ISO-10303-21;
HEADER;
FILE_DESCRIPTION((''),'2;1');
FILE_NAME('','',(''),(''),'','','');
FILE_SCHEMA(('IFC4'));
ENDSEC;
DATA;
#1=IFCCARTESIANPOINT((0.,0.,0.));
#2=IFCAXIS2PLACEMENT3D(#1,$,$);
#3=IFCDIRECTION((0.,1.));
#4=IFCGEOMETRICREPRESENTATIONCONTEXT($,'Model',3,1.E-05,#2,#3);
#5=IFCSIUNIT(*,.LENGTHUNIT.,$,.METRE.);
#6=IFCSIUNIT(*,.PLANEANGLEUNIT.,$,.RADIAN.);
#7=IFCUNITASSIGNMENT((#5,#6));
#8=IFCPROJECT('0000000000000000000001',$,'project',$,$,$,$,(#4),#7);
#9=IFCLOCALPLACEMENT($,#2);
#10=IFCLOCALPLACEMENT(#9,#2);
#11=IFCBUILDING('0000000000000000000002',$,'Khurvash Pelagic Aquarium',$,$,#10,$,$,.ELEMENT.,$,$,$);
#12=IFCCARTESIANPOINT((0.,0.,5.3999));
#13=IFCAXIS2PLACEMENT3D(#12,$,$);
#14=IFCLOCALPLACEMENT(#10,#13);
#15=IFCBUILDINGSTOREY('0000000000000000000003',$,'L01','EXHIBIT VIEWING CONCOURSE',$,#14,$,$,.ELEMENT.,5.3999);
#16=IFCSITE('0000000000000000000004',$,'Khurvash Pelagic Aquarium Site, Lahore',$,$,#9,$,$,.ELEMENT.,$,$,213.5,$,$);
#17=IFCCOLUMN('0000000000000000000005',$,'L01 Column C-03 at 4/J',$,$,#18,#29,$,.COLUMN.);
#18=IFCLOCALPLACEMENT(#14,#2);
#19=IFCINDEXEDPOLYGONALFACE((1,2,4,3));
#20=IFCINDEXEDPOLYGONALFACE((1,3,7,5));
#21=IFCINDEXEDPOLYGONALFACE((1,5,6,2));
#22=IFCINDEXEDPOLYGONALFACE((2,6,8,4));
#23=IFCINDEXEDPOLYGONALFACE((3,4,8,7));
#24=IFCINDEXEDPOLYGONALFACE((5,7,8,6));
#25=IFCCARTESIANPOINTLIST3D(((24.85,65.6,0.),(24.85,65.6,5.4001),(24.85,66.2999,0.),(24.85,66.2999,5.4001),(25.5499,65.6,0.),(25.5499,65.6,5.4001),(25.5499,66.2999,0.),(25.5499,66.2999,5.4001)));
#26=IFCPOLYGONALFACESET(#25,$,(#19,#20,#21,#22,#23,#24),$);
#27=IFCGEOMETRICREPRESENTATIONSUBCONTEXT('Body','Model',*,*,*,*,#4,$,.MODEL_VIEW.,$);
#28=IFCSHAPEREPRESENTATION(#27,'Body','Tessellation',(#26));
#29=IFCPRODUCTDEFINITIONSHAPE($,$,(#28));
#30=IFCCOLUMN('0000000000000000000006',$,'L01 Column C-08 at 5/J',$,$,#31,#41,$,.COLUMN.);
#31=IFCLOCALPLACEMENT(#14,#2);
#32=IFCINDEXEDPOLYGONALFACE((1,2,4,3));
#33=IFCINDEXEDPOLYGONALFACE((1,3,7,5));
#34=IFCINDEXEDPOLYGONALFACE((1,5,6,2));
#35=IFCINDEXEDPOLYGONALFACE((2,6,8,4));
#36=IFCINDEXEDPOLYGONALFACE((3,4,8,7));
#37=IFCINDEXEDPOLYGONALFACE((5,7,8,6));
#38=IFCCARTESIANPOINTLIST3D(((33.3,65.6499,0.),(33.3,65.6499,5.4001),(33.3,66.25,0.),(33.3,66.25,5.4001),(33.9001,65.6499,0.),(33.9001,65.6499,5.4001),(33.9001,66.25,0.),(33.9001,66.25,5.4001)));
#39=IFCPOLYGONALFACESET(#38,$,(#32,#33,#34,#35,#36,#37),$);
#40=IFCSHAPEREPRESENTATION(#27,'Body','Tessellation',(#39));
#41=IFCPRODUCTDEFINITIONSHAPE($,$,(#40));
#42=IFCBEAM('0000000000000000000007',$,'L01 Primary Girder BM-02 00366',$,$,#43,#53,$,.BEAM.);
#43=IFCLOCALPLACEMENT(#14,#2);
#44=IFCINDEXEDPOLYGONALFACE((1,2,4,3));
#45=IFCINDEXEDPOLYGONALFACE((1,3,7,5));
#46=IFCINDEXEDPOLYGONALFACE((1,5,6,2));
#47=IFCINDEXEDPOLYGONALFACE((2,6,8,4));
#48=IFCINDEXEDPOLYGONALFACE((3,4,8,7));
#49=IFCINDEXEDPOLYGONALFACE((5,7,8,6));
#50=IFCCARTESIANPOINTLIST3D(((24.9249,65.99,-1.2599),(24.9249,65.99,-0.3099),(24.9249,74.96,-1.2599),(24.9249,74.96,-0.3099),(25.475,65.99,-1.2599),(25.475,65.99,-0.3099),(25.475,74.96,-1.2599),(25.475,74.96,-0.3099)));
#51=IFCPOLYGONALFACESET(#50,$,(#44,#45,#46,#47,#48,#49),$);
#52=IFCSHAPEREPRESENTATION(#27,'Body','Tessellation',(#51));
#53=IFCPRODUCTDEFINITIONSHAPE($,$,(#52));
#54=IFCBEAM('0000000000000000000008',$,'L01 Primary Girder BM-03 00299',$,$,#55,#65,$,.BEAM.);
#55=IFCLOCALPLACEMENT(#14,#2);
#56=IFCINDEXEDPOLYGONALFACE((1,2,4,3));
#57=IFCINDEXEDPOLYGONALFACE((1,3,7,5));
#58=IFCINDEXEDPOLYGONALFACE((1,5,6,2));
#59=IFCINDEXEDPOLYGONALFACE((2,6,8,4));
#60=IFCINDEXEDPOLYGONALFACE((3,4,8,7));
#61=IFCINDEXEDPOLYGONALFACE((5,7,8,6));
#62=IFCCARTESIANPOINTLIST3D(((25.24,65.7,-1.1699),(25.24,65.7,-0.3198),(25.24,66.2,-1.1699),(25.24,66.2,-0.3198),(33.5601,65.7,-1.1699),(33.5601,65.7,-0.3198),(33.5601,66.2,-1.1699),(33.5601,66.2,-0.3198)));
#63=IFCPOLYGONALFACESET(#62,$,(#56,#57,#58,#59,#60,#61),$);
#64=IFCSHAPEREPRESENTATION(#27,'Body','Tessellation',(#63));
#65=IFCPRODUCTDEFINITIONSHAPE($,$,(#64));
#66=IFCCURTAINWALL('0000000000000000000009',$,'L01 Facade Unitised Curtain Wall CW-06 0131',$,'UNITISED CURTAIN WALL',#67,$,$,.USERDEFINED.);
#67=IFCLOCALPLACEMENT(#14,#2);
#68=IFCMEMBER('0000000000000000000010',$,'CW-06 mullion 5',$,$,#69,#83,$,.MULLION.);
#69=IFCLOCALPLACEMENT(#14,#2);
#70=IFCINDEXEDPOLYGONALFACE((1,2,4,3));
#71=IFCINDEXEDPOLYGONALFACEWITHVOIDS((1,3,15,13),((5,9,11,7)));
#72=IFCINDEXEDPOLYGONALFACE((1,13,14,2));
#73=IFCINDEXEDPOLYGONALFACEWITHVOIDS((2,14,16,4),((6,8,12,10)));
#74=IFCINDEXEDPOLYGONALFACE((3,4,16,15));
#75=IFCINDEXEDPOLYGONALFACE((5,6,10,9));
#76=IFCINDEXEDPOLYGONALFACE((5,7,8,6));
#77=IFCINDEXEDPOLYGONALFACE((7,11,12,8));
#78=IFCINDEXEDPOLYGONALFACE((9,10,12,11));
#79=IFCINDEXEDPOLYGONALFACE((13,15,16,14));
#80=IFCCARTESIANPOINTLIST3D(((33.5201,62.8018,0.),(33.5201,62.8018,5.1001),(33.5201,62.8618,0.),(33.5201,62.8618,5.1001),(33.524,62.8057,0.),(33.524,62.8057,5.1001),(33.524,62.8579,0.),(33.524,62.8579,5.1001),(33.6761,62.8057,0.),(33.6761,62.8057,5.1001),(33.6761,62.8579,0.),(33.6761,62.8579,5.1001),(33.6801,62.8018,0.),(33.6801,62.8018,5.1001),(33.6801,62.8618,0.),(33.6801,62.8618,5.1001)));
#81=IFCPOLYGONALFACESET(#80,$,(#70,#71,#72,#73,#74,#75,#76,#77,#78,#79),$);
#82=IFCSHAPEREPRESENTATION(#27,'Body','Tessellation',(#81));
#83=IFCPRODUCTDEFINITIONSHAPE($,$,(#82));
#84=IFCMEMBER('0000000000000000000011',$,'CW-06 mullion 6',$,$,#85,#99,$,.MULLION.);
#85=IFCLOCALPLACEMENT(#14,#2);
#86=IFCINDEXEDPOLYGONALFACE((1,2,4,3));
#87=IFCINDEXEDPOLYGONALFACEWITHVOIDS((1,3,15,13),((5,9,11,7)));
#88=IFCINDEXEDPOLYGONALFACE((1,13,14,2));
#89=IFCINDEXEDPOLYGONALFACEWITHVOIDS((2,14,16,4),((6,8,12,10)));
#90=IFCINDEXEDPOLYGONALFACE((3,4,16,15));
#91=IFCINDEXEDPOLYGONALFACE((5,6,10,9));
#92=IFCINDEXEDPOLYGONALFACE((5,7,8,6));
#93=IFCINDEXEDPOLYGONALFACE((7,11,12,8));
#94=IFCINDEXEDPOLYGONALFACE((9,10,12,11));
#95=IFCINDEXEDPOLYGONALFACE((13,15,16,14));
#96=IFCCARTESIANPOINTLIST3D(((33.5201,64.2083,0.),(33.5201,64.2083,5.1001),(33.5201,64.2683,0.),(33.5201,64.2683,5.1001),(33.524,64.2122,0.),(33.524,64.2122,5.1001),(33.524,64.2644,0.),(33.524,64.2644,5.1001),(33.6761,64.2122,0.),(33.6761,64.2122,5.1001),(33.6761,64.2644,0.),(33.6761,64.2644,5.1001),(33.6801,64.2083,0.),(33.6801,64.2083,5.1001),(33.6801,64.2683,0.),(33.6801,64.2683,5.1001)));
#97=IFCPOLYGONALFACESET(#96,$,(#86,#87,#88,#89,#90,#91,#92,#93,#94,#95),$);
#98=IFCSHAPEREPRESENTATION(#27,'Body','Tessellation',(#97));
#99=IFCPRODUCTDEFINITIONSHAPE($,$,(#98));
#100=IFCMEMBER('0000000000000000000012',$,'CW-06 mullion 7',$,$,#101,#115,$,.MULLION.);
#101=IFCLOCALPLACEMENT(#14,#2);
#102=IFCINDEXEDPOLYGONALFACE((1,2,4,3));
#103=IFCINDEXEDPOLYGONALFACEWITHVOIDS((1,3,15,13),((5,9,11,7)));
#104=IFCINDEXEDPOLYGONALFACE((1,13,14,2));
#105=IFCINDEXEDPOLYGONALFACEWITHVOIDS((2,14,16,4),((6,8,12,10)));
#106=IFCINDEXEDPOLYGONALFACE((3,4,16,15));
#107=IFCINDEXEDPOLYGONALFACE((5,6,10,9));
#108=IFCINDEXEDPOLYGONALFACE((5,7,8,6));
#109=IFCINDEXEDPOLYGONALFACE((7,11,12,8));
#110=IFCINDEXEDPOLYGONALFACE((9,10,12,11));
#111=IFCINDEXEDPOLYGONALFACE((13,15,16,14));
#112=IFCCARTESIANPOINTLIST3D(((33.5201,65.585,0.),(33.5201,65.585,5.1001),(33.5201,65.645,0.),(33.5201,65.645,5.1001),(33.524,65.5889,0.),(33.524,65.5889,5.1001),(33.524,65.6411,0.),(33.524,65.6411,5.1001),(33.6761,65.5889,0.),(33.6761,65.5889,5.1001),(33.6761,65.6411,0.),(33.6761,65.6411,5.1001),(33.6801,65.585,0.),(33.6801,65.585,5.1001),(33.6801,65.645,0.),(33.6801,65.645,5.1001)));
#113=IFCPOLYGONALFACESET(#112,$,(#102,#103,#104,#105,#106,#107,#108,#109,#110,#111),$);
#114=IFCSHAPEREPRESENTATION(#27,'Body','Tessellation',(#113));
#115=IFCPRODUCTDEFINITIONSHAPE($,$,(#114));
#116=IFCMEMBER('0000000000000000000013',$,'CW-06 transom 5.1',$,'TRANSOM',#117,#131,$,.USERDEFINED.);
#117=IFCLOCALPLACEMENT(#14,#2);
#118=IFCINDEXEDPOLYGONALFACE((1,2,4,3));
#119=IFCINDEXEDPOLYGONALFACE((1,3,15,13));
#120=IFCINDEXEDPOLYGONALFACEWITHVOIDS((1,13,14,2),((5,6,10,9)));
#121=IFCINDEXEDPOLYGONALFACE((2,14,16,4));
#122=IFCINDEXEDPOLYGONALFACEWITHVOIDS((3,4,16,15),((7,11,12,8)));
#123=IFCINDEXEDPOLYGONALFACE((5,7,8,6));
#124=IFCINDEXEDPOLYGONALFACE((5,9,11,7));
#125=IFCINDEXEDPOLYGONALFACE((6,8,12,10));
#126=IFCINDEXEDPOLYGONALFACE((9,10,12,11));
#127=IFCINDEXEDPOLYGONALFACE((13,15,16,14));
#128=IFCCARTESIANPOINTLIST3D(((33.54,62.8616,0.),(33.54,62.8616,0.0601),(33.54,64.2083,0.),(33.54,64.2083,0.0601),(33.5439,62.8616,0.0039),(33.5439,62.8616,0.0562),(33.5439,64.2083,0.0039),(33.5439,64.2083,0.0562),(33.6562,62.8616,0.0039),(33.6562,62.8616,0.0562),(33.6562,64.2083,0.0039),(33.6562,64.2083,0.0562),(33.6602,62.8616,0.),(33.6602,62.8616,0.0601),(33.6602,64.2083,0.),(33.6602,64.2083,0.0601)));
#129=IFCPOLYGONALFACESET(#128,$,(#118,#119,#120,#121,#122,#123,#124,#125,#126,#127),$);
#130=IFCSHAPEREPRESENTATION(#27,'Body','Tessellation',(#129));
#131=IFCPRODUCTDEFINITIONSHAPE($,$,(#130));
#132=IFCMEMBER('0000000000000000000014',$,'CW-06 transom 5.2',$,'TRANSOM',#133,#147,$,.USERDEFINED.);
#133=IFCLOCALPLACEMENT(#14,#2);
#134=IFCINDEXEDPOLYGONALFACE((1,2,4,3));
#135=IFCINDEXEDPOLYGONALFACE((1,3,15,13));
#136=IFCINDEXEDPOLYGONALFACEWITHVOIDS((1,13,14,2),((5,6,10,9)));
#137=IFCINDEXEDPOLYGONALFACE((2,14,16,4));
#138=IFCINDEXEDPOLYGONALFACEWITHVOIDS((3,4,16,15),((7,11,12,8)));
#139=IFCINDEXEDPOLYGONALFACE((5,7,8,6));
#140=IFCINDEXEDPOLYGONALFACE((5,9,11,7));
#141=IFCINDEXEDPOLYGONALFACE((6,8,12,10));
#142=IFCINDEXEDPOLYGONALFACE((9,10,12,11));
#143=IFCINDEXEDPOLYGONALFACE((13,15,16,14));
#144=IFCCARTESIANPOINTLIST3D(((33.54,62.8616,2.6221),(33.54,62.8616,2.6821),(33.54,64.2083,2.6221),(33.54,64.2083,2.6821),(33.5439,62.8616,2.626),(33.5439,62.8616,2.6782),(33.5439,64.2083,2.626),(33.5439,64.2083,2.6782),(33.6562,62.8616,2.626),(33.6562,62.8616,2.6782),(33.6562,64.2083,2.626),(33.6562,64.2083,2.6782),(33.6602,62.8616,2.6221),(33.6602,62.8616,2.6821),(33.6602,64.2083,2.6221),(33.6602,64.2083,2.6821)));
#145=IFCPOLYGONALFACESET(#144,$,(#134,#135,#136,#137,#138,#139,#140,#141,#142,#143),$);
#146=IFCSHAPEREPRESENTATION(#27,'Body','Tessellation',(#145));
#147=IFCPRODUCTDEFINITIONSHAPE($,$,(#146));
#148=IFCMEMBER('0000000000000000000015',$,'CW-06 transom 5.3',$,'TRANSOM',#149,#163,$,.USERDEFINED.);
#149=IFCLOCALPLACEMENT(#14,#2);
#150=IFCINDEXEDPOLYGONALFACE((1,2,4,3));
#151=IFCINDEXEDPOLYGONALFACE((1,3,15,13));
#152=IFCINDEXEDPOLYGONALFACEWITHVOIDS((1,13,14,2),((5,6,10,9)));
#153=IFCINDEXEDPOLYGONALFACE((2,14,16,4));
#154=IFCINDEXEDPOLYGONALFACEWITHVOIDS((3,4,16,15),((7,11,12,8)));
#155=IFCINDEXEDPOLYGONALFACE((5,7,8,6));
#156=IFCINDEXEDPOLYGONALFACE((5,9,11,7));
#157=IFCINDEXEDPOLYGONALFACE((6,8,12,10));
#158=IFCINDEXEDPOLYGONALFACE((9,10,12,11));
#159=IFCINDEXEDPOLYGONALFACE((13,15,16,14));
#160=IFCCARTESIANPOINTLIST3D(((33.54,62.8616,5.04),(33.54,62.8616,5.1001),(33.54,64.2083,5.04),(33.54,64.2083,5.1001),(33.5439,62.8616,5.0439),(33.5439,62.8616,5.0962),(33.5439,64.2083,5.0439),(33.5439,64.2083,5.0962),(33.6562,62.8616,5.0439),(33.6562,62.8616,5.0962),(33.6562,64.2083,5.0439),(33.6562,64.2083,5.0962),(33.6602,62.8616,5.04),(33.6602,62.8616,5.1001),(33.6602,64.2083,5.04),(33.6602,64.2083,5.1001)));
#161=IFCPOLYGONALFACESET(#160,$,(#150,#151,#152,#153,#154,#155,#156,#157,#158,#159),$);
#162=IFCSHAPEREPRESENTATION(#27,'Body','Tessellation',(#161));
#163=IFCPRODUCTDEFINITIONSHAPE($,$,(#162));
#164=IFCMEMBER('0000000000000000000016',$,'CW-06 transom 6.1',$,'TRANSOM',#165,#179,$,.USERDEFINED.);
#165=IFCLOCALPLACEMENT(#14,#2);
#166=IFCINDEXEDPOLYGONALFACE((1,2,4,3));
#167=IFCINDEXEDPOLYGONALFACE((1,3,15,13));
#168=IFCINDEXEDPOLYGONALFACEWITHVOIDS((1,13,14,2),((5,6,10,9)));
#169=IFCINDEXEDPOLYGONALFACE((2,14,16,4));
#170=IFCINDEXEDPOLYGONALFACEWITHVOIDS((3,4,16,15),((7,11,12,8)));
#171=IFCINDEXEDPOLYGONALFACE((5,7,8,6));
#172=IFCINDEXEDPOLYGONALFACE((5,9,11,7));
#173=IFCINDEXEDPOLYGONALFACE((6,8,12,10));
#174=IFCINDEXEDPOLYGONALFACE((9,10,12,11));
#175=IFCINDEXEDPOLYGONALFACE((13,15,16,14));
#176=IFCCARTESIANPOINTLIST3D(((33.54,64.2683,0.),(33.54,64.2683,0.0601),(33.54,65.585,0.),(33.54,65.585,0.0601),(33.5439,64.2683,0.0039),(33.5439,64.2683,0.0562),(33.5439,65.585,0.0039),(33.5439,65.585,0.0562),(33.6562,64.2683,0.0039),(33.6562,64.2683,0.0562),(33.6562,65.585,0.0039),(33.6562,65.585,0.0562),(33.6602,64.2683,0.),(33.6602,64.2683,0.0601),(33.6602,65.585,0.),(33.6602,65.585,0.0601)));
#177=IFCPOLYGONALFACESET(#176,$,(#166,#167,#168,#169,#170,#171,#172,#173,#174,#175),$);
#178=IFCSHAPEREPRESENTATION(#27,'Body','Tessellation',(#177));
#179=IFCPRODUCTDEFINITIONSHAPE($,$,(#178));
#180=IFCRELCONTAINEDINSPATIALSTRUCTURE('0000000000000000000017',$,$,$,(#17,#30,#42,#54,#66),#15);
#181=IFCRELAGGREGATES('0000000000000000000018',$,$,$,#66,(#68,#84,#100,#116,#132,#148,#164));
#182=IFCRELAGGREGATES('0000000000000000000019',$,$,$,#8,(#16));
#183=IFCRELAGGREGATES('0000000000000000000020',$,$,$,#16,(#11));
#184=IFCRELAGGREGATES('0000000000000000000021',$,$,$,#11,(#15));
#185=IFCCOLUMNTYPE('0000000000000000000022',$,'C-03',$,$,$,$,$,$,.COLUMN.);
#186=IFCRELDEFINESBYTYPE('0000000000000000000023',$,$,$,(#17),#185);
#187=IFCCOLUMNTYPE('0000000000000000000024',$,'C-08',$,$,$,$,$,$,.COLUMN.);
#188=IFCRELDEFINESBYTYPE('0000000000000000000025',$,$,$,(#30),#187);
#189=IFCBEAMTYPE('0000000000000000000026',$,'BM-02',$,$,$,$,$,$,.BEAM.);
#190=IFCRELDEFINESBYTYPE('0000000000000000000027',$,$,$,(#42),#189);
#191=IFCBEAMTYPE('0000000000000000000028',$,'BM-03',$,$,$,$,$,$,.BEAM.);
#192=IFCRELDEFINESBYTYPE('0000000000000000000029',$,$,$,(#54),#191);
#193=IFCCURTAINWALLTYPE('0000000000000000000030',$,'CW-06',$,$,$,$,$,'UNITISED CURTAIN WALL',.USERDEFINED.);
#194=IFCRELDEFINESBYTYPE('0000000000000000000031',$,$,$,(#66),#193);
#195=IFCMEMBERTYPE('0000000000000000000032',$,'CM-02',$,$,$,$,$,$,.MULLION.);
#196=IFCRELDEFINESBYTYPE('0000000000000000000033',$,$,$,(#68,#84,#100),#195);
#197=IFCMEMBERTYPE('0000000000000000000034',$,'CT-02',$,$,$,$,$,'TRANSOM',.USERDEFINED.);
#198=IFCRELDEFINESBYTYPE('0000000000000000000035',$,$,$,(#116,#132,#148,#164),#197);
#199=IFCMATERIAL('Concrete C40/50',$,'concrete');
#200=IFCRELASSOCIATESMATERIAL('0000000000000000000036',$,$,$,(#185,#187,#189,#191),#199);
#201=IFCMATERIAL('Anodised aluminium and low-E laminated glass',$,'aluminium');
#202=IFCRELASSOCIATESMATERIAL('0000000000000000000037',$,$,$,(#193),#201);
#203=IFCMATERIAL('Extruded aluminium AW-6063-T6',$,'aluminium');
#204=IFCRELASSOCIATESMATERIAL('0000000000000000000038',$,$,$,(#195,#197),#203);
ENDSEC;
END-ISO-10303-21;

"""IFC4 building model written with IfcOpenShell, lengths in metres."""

from ifc_helpers import new_model, si_unit, direction, frame, origin, origin_2d, place, context, subcontext, project, spatial, rectangle, hollow_rectangle, extrude, material, material_profile, profile_set, type_object, element, aggregate, save


model = new_model("IFC4")

# Units and contexts
model_context = context("Model", 3, precision=1e-05, world=origin(), true_north=direction((0.0, 1.0)))
body_context = subcontext(model_context, "Body", "Model", "MODEL_VIEW")
ifc_project = project(units=[si_unit("LENGTHUNIT", "METRE"), si_unit("PLANEANGLEUNIT", "RADIAN")], contexts=[model_context])

# Site, building, storey
site_placement = place(None, origin())
site = spatial("IfcSite", under=ifc_project, at=site_placement, Name="Khurvash Pelagic Aquarium Site, Lahore", CompositionType="ELEMENT", RefElevation=213.5)
building_placement = place(site_placement, origin())
building = spatial("IfcBuilding", under=site, at=building_placement, Name="Khurvash Pelagic Aquarium", CompositionType="ELEMENT")
storey_placement = place(building_placement, frame((0.0, 0.0, 5.3999)))
storey = spatial("IfcBuildingStorey", under=building, at=storey_placement, Name="L01", Description="EXHIBIT VIEWING CONCOURSE", CompositionType="ELEMENT", Elevation=5.3999)

# Columns
ifc_material_1 = material(Name="Concrete C40/50", Category="concrete")
ifc_material_profile_1 = material_profile(ifc_material_1, rectangle(XDim=0.7, YDim=0.7, at=origin_2d()), Name="RC700X700")
ifc_profile_set_1 = profile_set([ifc_material_profile_1], Name="Concrete C40/50")
column_type_1 = type_object("IfcColumnType", Name="C-03", PredefinedType="COLUMN", material=ifc_profile_set_1)
column_1_placement = place(storey_placement, frame((25.2, 65.95, 0.0), z_axis=(0.0, 0.0, 1.0), x_axis=(1.0, 0.0, 0.0)))
element("IfcColumn", 1, at=column_1_placement, inside=storey, type_object=column_type_1, Name="L01 Column C-03 at 4/J", PredefinedType="COLUMN", context=body_context, shape_type="SweptSolid", body=[
    extrude(rectangle(XDim=0.7, YDim=0.7, at=origin_2d()), origin(), (0.0, 0.0, 1.0), 5.4001),
])
ifc_material_profile_2 = material_profile(ifc_material_1, rectangle(XDim=0.6001, YDim=0.6001, at=origin_2d()), Name="RC600X600")
ifc_profile_set_2 = profile_set([ifc_material_profile_2], Name="Concrete C40/50")
column_type_2 = type_object("IfcColumnType", Name="C-08", PredefinedType="COLUMN", material=ifc_profile_set_2)
column_2_placement = place(storey_placement, frame((33.6001, 65.95, 0.0), z_axis=(0.0, 0.0, 1.0), x_axis=(1.0, 0.0, 0.0)))
element("IfcColumn", 2, at=column_2_placement, inside=storey, type_object=column_type_2, Name="L01 Column C-08 at 5/J", PredefinedType="COLUMN", context=body_context, shape_type="SweptSolid", body=[
    extrude(rectangle(XDim=0.6001, YDim=0.6001, at=origin_2d()), origin(), (0.0, 0.0, 1.0), 5.4001),
])

# Beams
ifc_material_profile_3 = material_profile(ifc_material_1, rectangle(XDim=0.55, YDim=0.95, at=origin_2d()), Name="RC550X950")
ifc_profile_set_3 = profile_set([ifc_material_profile_3], Name="Concrete C40/50")
beam_type_1 = type_object("IfcBeamType", Name="BM-02", PredefinedType="BEAM", material=ifc_profile_set_3)
beam_1_placement = place(storey_placement, frame((25.2, 65.99, -0.7849), z_axis=(0.0, 1.0, 0.0), x_axis=(-1.0, 0.0, 0.0)))
element("IfcBeam", 3, at=beam_1_placement, inside=storey, type_object=beam_type_1, Name="L01 Primary Girder BM-02 00366", PredefinedType="BEAM", context=body_context, shape_type="SweptSolid", body=[
    extrude(rectangle(XDim=0.55, YDim=0.95, at=origin_2d()), origin(), (0.0, 0.0, 1.0), 8.97),
])
ifc_material_profile_4 = material_profile(ifc_material_1, rectangle(XDim=0.5, YDim=0.8501, at=origin_2d()), Name="RC500X850")
ifc_profile_set_4 = profile_set([ifc_material_profile_4], Name="Concrete C40/50")
beam_type_2 = type_object("IfcBeamType", Name="BM-03", PredefinedType="BEAM", material=ifc_profile_set_4)
beam_2_placement = place(storey_placement, frame((25.24, 65.95, -0.7449), z_axis=(1.0, 0.0, 0.0), x_axis=(0.0, 1.0, 0.0)))
element("IfcBeam", 4, at=beam_2_placement, inside=storey, type_object=beam_type_2, Name="L01 Primary Girder BM-03 00299", PredefinedType="BEAM", context=body_context, shape_type="SweptSolid", body=[
    extrude(rectangle(XDim=0.5, YDim=0.8501, at=origin_2d()), origin(), (0.0, 0.0, 1.0), 8.3201),
])

# Curtain wall, members
ifc_material_2 = material(Name="Anodised aluminium and low-E laminated glass", Category="aluminium")
curtain_wall_type = type_object("IfcCurtainWallType", Name="CW-06", ElementType="UNITISED CURTAIN WALL", PredefinedType="USERDEFINED", material=ifc_material_2)
curtain_wall_placement = place(storey_placement, origin())
curtain_wall = element("IfcCurtainWall", 5, at=curtain_wall_placement, inside=storey, type_object=curtain_wall_type, Name="L01 Facade Unitised Curtain Wall CW-06 0131", ObjectType="UNITISED CURTAIN WALL", PredefinedType="USERDEFINED")
ifc_material_3 = material(Name="Extruded aluminium AW-6063-T6", Category="aluminium")
ifc_material_profile_5 = material_profile(ifc_material_3, hollow_rectangle(XDim=0.0601, YDim=0.1599, WallThickness=0.0039, at=origin_2d()), Name="CWM60X160X4")
ifc_profile_set_5 = profile_set([ifc_material_profile_5], Name="Extruded aluminium AW-6063-T6")
member_type_1 = type_object("IfcMemberType", Name="CM-02", PredefinedType="MULLION", material=ifc_profile_set_5)
member_1_placement = place(storey_placement, frame((33.6001, 62.8318, 0.0), z_axis=(0.0, 0.0, 1.0), x_axis=(0.0, 1.0, 0.0)))
member_1 = element("IfcMember", 6, at=member_1_placement, type_object=member_type_1, Name="CW-06 mullion 5", PredefinedType="MULLION", context=body_context, shape_type="SweptSolid", body=[
    extrude(hollow_rectangle(XDim=0.0601, YDim=0.1599, WallThickness=0.0039, at=origin_2d()), origin(), (0.0, 0.0, 1.0), 5.1001),
])
member_2_placement = place(storey_placement, frame((33.6001, 64.2383, 0.0), z_axis=(0.0, 0.0, 1.0), x_axis=(0.0, 1.0, 0.0)))
member_2 = element("IfcMember", 7, at=member_2_placement, type_object=member_type_1, Name="CW-06 mullion 6", PredefinedType="MULLION", context=body_context, shape_type="SweptSolid", body=[
    extrude(hollow_rectangle(XDim=0.0601, YDim=0.1599, WallThickness=0.0039, at=origin_2d()), origin(), (0.0, 0.0, 1.0), 5.1001),
])
member_3_placement = place(storey_placement, frame((33.6001, 65.615, 0.0), z_axis=(0.0, 0.0, 1.0), x_axis=(0.0, 1.0, 0.0)))
member_3 = element("IfcMember", 8, at=member_3_placement, type_object=member_type_1, Name="CW-06 mullion 7", PredefinedType="MULLION", context=body_context, shape_type="SweptSolid", body=[
    extrude(hollow_rectangle(XDim=0.0601, YDim=0.1599, WallThickness=0.0039, at=origin_2d()), origin(), (0.0, 0.0, 1.0), 5.1001),
])
ifc_material_profile_6 = material_profile(ifc_material_3, hollow_rectangle(XDim=0.1201, YDim=0.0601, WallThickness=0.0039, at=origin_2d()), Name="CWT120X60X4")
ifc_profile_set_6 = profile_set([ifc_material_profile_6], Name="Extruded aluminium AW-6063-T6")
member_type_2 = type_object("IfcMemberType", Name="CT-02", ElementType="TRANSOM", PredefinedType="USERDEFINED", material=ifc_profile_set_6)
member_4_placement = place(storey_placement, frame((33.6001, 62.8616, 0.03), z_axis=(0.0, 1.0, 0.0), x_axis=(-1.0, 0.0, 0.0)))
member_4 = element("IfcMember", 9, at=member_4_placement, type_object=member_type_2, Name="CW-06 transom 5.1", ObjectType="TRANSOM", PredefinedType="USERDEFINED", context=body_context, shape_type="SweptSolid", body=[
    extrude(hollow_rectangle(XDim=0.1201, YDim=0.0601, WallThickness=0.0039, at=origin_2d()), origin(), (0.0, 0.0, 1.0), 1.3467),
])
member_5_placement = place(storey_placement, frame((33.6001, 62.8616, 2.6521), z_axis=(0.0, 1.0, 0.0), x_axis=(-1.0, 0.0, 0.0)))
member_5 = element("IfcMember", 10, at=member_5_placement, type_object=member_type_2, Name="CW-06 transom 5.2", ObjectType="TRANSOM", PredefinedType="USERDEFINED", context=body_context, shape_type="SweptSolid", body=[
    extrude(hollow_rectangle(XDim=0.1201, YDim=0.0601, WallThickness=0.0039, at=origin_2d()), origin(), (0.0, 0.0, 1.0), 1.3467),
])
member_6_placement = place(storey_placement, frame((33.6001, 62.8616, 5.0701), z_axis=(0.0, 1.0, 0.0), x_axis=(-1.0, 0.0, 0.0)))
member_6 = element("IfcMember", 11, at=member_6_placement, type_object=member_type_2, Name="CW-06 transom 5.3", ObjectType="TRANSOM", PredefinedType="USERDEFINED", context=body_context, shape_type="SweptSolid", body=[
    extrude(hollow_rectangle(XDim=0.1201, YDim=0.0601, WallThickness=0.0039, at=origin_2d()), origin(), (0.0, 0.0, 1.0), 1.3467),
])
member_7_placement = place(storey_placement, frame((33.6001, 64.2683, 0.03), z_axis=(0.0, 1.0, 0.0), x_axis=(-1.0, 0.0, 0.0)))
member_7 = element("IfcMember", 12, at=member_7_placement, type_object=member_type_2, Name="CW-06 transom 6.1", ObjectType="TRANSOM", PredefinedType="USERDEFINED", context=body_context, shape_type="SweptSolid", body=[
    extrude(hollow_rectangle(XDim=0.1201, YDim=0.0601, WallThickness=0.0039, at=origin_2d()), origin(), (0.0, 0.0, 1.0), 1.3167),
])

aggregate(curtain_wall, [member_1, member_2, member_3, member_4, member_5, member_6, member_7])

save(model, "model.ifc")
